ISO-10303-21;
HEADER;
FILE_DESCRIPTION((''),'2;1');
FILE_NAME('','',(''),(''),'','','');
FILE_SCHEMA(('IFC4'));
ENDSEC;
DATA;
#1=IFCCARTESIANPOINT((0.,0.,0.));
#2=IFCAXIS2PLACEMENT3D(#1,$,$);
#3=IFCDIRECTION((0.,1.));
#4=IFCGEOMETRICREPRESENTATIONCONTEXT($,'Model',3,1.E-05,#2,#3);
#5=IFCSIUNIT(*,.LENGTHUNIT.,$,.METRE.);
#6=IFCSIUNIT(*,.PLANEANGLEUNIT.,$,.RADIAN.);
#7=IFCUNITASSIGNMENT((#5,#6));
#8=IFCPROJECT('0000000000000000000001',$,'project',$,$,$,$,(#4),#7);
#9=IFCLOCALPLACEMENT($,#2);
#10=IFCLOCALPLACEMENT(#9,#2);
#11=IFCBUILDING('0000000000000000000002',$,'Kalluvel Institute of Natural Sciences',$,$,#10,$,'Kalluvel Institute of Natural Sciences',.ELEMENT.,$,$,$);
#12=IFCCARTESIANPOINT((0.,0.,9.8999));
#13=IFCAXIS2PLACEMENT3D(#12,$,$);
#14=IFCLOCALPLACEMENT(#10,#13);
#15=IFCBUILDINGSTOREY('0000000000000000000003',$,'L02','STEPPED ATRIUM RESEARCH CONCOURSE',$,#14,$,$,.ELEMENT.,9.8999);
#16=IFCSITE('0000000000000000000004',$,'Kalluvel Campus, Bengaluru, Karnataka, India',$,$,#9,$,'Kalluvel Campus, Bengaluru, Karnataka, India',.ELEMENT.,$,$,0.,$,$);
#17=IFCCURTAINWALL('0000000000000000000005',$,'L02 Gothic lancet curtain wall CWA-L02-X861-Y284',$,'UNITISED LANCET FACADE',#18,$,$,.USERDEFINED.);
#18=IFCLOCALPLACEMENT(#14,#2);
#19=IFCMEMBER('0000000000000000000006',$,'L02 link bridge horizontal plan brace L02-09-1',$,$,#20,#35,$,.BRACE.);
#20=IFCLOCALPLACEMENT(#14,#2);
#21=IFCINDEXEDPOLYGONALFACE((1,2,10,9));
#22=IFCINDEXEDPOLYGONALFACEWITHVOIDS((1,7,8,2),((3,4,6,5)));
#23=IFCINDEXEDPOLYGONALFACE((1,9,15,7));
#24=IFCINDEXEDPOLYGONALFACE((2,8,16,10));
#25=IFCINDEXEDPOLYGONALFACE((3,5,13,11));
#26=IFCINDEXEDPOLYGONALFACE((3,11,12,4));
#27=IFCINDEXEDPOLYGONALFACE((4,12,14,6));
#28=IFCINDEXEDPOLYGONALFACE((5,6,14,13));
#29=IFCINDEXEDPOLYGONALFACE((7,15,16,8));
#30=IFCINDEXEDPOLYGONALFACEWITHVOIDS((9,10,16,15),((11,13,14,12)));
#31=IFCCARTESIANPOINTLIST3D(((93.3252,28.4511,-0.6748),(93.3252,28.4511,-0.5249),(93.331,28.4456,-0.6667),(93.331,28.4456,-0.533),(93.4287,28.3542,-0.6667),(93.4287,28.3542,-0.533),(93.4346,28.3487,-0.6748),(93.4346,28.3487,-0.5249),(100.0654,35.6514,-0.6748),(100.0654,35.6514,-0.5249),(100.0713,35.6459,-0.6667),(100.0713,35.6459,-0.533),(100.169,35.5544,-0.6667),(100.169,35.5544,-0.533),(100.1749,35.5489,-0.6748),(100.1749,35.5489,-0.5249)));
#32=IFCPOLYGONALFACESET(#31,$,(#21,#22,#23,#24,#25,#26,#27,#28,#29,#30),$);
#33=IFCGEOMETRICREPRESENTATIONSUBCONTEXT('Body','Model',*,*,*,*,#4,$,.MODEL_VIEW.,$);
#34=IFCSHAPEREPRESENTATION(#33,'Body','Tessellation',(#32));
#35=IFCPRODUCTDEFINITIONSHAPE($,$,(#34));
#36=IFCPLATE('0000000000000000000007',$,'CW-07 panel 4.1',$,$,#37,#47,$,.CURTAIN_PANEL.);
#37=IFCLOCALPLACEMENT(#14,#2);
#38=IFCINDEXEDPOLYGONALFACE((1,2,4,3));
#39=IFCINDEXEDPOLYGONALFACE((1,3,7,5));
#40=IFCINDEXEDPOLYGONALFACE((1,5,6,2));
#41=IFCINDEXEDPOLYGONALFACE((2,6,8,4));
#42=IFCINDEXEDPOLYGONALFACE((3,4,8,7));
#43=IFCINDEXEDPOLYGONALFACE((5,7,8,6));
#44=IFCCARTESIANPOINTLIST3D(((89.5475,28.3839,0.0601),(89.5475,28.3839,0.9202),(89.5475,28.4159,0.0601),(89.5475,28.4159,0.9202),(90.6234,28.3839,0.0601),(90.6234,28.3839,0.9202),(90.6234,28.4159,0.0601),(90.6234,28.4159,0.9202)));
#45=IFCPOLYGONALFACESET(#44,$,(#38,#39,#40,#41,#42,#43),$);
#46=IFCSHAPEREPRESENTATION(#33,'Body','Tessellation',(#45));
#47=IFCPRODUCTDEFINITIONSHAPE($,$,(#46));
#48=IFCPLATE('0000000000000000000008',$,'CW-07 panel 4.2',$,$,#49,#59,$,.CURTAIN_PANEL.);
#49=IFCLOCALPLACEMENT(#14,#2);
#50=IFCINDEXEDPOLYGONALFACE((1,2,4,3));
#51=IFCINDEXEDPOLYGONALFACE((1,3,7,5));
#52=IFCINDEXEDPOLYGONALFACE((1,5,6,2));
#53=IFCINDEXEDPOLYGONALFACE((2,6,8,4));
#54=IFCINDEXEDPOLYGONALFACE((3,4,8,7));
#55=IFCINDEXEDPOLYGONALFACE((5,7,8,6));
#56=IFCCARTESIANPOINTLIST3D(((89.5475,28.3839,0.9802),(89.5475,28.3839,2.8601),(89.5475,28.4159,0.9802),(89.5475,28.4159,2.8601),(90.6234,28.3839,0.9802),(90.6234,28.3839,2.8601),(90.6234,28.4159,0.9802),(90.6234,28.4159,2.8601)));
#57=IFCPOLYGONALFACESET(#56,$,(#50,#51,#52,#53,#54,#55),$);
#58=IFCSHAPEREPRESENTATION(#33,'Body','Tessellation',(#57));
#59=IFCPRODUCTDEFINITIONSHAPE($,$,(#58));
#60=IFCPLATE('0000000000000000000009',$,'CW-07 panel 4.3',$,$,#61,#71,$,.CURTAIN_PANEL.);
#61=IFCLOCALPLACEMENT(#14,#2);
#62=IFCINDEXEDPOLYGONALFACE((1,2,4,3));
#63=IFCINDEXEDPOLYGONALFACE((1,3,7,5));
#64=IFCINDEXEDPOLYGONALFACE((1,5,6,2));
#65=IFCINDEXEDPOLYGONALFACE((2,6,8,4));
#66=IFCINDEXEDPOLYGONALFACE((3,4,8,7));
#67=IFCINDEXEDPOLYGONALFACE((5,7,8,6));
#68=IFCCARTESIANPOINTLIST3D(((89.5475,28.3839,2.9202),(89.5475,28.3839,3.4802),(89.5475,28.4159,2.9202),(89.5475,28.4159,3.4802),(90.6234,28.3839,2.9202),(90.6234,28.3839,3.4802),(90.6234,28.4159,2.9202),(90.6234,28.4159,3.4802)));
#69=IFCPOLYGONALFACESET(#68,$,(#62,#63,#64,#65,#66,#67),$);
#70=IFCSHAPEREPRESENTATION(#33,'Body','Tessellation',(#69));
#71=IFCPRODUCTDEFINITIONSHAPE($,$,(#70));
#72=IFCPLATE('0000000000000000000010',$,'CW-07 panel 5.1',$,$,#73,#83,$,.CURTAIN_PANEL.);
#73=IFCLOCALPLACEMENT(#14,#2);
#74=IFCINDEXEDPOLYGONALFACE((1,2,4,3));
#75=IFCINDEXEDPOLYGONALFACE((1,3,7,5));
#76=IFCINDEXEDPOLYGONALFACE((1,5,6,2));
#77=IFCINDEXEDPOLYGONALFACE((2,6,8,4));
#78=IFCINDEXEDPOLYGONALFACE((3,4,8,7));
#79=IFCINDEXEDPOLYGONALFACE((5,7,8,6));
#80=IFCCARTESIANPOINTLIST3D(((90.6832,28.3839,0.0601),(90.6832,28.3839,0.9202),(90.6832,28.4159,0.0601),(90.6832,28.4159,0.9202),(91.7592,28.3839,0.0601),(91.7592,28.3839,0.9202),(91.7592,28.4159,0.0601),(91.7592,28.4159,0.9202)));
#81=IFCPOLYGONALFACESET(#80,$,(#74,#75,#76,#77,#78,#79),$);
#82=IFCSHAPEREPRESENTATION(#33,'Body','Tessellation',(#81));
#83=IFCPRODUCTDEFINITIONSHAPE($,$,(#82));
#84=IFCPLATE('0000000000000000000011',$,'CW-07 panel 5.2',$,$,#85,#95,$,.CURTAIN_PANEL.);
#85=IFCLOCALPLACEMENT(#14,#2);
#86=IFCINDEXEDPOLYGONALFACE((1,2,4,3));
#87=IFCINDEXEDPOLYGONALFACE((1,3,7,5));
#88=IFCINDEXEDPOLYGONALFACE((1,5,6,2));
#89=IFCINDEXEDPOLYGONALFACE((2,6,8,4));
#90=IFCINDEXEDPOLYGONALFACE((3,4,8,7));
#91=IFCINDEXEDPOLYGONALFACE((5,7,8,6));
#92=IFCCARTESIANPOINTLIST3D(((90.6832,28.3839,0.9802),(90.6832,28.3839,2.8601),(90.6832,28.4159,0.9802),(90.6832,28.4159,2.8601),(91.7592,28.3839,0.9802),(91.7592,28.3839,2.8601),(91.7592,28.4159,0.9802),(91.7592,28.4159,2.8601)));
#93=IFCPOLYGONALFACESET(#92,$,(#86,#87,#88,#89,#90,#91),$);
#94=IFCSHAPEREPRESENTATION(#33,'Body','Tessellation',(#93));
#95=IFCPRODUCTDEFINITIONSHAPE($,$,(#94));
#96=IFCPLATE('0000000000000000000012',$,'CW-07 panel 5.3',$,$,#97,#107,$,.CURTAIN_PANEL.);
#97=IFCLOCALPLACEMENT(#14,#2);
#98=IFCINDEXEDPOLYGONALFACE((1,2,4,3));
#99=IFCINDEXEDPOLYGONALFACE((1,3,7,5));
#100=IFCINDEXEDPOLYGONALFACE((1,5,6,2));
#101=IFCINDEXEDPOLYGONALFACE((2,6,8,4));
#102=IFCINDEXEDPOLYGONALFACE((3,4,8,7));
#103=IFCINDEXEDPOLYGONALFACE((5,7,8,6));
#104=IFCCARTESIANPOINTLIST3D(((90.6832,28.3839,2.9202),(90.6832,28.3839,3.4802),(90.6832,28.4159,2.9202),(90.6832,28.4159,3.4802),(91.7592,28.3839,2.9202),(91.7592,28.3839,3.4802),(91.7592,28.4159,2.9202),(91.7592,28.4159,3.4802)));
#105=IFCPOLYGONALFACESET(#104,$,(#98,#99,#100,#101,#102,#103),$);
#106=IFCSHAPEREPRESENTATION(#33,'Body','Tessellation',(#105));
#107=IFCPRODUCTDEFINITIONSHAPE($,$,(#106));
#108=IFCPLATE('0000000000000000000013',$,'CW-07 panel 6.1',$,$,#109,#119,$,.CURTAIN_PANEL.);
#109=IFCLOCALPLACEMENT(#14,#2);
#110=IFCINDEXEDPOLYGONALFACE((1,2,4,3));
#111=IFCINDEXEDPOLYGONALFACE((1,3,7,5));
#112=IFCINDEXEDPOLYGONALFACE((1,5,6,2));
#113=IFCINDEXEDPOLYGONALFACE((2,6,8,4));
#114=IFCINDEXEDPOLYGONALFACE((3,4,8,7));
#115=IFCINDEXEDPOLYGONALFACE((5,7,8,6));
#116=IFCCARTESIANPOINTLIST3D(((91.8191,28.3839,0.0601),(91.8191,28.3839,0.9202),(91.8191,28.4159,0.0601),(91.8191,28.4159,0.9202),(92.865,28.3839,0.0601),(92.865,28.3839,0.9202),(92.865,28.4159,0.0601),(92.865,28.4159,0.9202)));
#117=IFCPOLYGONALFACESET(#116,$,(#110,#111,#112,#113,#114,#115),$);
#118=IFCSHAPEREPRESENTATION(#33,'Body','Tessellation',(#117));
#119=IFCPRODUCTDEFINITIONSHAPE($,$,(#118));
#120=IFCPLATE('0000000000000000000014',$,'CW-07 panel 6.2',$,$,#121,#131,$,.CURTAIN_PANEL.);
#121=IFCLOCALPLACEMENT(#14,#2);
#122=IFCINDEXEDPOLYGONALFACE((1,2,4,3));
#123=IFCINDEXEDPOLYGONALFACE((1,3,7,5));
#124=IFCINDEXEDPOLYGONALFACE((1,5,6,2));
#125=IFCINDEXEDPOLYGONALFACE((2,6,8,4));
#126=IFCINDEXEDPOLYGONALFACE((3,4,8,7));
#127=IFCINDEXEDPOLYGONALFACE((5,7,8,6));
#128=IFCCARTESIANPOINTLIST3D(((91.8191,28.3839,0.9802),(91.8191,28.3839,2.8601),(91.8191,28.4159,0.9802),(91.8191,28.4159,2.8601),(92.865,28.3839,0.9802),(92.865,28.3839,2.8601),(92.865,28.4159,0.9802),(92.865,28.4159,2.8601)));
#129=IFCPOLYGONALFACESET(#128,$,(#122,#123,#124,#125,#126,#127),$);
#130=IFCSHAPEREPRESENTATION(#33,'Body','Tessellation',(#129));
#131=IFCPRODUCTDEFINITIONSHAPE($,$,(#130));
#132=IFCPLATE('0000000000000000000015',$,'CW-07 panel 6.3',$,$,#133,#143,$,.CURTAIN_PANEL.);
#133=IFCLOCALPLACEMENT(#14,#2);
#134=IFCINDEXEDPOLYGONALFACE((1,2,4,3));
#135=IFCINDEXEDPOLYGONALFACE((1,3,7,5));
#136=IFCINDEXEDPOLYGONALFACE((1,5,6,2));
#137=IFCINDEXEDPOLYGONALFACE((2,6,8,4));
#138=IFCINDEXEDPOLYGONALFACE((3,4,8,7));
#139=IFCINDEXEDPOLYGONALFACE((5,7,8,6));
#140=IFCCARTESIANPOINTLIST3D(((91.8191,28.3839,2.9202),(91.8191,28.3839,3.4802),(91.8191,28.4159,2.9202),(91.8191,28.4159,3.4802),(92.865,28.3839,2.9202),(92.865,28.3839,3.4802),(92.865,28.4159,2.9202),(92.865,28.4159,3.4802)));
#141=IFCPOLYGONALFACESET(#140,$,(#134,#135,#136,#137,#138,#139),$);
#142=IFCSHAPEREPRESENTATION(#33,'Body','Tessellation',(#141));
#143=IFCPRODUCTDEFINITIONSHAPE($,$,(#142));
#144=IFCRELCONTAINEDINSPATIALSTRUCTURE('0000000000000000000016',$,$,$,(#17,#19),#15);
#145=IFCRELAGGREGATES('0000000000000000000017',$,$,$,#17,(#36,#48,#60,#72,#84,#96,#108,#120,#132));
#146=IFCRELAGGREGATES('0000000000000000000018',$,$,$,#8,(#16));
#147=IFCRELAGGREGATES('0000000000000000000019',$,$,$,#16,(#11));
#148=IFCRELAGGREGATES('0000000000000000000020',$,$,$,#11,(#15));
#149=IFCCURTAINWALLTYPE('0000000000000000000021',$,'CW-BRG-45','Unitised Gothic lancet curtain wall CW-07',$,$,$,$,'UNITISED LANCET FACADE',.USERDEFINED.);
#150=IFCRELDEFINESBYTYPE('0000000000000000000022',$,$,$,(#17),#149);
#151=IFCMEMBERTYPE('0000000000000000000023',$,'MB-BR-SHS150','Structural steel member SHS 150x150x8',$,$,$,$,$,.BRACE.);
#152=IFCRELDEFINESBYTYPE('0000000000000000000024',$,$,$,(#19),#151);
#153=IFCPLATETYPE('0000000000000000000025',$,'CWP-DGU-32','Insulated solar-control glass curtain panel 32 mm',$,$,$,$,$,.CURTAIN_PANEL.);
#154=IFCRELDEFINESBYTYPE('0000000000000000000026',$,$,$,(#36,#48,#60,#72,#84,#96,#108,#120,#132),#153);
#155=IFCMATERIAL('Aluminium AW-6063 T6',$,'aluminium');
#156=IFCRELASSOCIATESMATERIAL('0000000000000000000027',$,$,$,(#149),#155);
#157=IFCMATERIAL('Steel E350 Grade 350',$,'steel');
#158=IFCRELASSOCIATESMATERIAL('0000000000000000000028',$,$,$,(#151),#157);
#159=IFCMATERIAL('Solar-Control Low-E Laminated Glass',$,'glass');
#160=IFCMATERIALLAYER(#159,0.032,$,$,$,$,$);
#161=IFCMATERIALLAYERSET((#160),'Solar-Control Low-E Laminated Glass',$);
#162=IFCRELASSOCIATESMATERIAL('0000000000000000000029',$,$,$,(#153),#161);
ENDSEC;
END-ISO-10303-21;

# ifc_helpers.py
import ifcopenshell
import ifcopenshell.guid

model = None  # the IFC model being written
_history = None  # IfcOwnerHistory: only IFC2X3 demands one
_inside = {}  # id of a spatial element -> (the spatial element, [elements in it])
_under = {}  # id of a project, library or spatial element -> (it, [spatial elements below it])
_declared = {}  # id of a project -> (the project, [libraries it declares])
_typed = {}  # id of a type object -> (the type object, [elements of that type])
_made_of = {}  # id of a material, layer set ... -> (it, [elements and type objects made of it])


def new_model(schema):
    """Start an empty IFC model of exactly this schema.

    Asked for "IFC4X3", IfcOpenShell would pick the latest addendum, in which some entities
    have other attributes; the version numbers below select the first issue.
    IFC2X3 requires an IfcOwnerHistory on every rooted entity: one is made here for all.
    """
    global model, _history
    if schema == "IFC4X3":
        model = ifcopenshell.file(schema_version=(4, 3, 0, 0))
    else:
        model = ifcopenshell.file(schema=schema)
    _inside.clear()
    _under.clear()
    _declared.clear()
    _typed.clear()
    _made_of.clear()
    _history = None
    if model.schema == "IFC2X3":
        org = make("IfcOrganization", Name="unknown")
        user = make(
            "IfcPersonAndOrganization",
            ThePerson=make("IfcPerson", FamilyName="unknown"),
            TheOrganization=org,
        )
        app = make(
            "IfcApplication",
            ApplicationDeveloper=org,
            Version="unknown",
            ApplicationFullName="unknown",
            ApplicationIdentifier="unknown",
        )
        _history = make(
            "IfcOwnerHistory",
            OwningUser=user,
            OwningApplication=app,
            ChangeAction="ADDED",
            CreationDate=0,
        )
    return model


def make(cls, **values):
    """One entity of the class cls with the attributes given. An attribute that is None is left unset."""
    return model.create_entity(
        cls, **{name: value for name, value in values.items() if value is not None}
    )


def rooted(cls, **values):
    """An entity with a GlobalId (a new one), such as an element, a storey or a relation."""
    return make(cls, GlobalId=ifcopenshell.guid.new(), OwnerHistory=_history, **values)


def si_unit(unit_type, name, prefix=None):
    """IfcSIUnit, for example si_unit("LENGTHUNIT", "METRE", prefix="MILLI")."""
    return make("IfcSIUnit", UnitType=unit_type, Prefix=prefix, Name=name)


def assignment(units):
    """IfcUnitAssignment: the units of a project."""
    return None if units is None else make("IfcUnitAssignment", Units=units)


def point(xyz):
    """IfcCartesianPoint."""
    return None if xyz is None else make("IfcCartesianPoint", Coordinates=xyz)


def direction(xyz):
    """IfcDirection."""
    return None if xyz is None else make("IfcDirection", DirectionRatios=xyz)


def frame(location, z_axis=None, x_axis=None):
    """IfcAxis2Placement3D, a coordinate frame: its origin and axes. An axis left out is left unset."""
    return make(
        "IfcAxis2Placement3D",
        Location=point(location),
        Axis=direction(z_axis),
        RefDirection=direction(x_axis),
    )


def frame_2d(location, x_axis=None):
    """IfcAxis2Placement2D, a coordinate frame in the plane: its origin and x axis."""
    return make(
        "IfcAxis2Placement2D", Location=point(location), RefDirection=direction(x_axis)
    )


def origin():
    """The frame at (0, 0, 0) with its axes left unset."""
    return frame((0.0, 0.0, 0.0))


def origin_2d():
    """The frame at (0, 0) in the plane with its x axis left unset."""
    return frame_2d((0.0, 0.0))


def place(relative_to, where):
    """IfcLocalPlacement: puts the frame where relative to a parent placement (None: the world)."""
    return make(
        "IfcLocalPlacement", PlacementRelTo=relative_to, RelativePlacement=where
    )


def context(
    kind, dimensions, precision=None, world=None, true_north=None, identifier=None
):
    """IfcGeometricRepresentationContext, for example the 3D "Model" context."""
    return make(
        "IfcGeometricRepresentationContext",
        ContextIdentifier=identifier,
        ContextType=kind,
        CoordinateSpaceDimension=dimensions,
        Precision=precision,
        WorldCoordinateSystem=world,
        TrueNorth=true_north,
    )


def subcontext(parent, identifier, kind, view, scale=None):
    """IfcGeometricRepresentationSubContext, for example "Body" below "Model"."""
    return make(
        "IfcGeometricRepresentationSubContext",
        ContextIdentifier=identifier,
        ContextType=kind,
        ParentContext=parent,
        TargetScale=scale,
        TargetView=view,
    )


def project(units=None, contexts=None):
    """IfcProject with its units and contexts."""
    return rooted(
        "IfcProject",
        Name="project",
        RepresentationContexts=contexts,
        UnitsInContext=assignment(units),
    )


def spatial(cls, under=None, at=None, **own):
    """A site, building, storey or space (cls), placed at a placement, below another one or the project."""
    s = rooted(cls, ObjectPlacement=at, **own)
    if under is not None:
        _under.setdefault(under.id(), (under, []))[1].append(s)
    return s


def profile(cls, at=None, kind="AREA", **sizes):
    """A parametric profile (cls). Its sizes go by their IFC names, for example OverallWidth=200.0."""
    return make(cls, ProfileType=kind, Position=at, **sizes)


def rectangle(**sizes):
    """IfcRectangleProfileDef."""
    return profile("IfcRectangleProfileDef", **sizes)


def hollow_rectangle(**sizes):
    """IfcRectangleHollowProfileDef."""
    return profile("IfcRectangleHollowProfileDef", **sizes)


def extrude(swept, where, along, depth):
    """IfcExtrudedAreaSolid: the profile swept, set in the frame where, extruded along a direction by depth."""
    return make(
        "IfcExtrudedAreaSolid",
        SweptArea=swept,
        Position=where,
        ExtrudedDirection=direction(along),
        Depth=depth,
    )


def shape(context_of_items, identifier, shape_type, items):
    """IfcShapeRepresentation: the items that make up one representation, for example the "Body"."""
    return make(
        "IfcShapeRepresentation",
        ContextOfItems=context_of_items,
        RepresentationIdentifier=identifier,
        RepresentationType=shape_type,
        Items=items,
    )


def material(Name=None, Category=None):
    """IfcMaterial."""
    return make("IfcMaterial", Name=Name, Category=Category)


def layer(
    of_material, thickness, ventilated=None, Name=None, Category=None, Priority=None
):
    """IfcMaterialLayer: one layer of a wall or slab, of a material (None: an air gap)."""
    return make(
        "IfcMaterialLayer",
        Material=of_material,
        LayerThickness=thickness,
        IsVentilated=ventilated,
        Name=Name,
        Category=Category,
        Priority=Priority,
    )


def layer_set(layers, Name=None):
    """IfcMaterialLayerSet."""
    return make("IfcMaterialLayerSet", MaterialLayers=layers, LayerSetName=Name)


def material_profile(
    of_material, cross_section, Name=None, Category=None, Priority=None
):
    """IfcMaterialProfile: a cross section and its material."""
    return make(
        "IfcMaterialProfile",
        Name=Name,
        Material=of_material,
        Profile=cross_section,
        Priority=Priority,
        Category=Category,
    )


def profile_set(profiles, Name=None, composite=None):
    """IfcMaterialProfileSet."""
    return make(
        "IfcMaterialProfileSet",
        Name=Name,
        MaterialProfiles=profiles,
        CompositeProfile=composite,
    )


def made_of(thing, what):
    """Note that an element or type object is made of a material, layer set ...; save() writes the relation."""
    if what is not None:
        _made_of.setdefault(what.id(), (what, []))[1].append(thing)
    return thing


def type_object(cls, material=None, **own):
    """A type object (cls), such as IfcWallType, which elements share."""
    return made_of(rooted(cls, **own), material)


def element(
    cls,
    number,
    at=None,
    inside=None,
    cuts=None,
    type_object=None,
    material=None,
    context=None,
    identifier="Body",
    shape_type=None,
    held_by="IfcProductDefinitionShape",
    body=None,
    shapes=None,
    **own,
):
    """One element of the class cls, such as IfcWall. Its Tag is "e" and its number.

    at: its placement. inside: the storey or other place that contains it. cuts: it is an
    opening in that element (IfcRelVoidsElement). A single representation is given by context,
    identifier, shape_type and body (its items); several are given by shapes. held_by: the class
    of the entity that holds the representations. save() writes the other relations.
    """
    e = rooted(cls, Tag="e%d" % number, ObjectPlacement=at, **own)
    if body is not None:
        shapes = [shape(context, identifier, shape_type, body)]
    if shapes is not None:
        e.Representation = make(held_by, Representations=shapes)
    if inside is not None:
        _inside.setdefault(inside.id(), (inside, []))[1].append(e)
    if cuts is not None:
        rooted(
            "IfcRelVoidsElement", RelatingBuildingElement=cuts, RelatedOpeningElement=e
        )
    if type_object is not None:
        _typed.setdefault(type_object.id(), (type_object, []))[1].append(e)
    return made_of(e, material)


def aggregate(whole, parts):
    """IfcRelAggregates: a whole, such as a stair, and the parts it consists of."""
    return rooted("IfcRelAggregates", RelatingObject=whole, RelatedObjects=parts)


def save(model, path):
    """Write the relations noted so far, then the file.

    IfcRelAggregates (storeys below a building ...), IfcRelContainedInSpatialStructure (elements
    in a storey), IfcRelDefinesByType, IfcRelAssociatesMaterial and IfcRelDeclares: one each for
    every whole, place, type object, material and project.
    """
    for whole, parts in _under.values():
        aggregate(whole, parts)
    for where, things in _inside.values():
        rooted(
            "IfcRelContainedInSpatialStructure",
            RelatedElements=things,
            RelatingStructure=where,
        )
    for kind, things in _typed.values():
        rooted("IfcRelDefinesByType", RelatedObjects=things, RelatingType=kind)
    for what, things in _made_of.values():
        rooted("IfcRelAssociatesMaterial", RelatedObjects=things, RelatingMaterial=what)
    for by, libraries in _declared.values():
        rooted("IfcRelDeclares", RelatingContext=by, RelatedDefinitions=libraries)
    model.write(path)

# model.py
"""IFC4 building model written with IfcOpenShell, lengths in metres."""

from ifc_helpers import new_model, si_unit, direction, frame, origin, origin_2d, place, context, subcontext, project, spatial, rectangle, hollow_rectangle, extrude, material, layer, layer_set, material_profile, profile_set, type_object, element, aggregate, save


model = new_model("IFC4")

# Units and contexts
model_context = context("Model", 3, precision=1e-05, world=origin(), true_north=direction((0.0, 1.0)))
body_context = subcontext(model_context, "Body", "Model", "MODEL_VIEW")
ifc_project = project(units=[si_unit("LENGTHUNIT", "METRE"), si_unit("PLANEANGLEUNIT", "RADIAN")], contexts=[model_context])

# Site, building, storey
site_placement = place(None, origin())
site = spatial("IfcSite", under=ifc_project, at=site_placement, Name="Kalluvel Campus, Bengaluru, Karnataka, India", LongName="Kalluvel Campus, Bengaluru, Karnataka, India", CompositionType="ELEMENT", RefElevation=0.0)
building_placement = place(site_placement, origin())
building = spatial("IfcBuilding", under=site, at=building_placement, Name="Kalluvel Institute of Natural Sciences", LongName="Kalluvel Institute of Natural Sciences", CompositionType="ELEMENT")
storey_placement = place(building_placement, frame((0.0, 0.0, 9.8999)))
storey = spatial("IfcBuildingStorey", under=building, at=storey_placement, Name="L02", Description="STEPPED ATRIUM RESEARCH CONCOURSE", CompositionType="ELEMENT", Elevation=9.8999)

# Shared definitions
ifc_material_1 = material(Name="Steel E350 Grade 350", Category="steel")

# Curtain wall
ifc_material_2 = material(Name="Aluminium AW-6063 T6", Category="aluminium")
curtain_wall_type_1 = type_object("IfcCurtainWallType", Name="CW-BRG-45", Description="Unitised Gothic lancet curtain wall CW-07", ElementType="UNITISED LANCET FACADE", PredefinedType="USERDEFINED", material=ifc_material_2)
curtain_wall_1_placement = place(storey_placement, origin())
curtain_wall_1 = element("IfcCurtainWall", 1, at=curtain_wall_1_placement, inside=storey, type_object=curtain_wall_type_1, Name="L02 Gothic lancet curtain wall CWA-L02-X861-Y284", ObjectType="UNITISED LANCET FACADE", PredefinedType="USERDEFINED")

# Member
ifc_material_profile_1 = material_profile(ifc_material_1, hollow_rectangle(XDim=0.1499, YDim=0.1499, WallThickness=0.0081, at=origin_2d()), Name="SHS 150x150x8")
ifc_profile_set_1 = profile_set([ifc_material_profile_1], Name="Steel E350 Grade 350")
member_type_1 = type_object("IfcMemberType", Name="MB-BR-SHS150", Description="Structural steel member SHS 150x150x8", PredefinedType="BRACE", material=ifc_profile_set_1)
member_1_placement = place(storey_placement, frame((93.3799, 28.3999, -0.5999), z_axis=(0.683404, 0.73004, 0.0), x_axis=(-0.73004, 0.683404, 0.0)))
element("IfcMember", 2, at=member_1_placement, inside=storey, type_object=member_type_1, Name="L02 link bridge horizontal plan brace L02-09-1", PredefinedType="BRACE", context=body_context, shape_type="SweptSolid", body=[
    extrude(hollow_rectangle(XDim=0.1499, YDim=0.1499, WallThickness=0.0081, at=origin_2d()), origin(), (0.0, 0.0, 1.0), 9.8628),
])

# Plates
ifc_material_3 = material(Name="Solar-Control Low-E Laminated Glass", Category="glass")
ifc_layer = layer(ifc_material_3, 0.032)
ifc_layer_set = layer_set([ifc_layer], Name="Solar-Control Low-E Laminated Glass")
plate_type = type_object("IfcPlateType", Name="CWP-DGU-32", Description="Insulated solar-control glass curtain panel 32 mm", PredefinedType="CURTAIN_PANEL", material=ifc_layer_set)
plate_1_placement = place(storey_placement, frame((90.0854, 28.3999, 0.0601), z_axis=(0.0, 0.0, 1.0), x_axis=(1.0, 0.0, 0.0)))
plate_1 = element("IfcPlate", 3, at=plate_1_placement, type_object=plate_type, Name="CW-07 panel 4.1", PredefinedType="CURTAIN_PANEL", context=body_context, shape_type="SweptSolid", body=[
    extrude(rectangle(XDim=1.0759, YDim=0.032, at=origin_2d()), origin(), (0.0, 0.0, 1.0), 0.8601),
])
plate_2_placement = place(storey_placement, frame((90.0854, 28.3999, 0.9802), z_axis=(0.0, 0.0, 1.0), x_axis=(1.0, 0.0, 0.0)))
plate_2 = element("IfcPlate", 4, at=plate_2_placement, type_object=plate_type, Name="CW-07 panel 4.2", PredefinedType="CURTAIN_PANEL", context=body_context, shape_type="SweptSolid", body=[
    extrude(rectangle(XDim=1.0759, YDim=0.032, at=origin_2d()), origin(), (0.0, 0.0, 1.0), 1.8799),
])
plate_3_placement = place(storey_placement, frame((90.0854, 28.3999, 2.9202), z_axis=(0.0, 0.0, 1.0), x_axis=(1.0, 0.0, 0.0)))
plate_3 = element("IfcPlate", 5, at=plate_3_placement, type_object=plate_type, Name="CW-07 panel 4.3", PredefinedType="CURTAIN_PANEL", context=body_context, shape_type="SweptSolid", body=[
    extrude(rectangle(XDim=1.0759, YDim=0.032, at=origin_2d()), origin(), (0.0, 0.0, 1.0), 0.5601),
])
plate_4_placement = place(storey_placement, frame((91.2212, 28.3999, 0.0601), z_axis=(0.0, 0.0, 1.0), x_axis=(1.0, 0.0, 0.0)))
plate_4 = element("IfcPlate", 6, at=plate_4_placement, type_object=plate_type, Name="CW-07 panel 5.1", PredefinedType="CURTAIN_PANEL", context=body_context, shape_type="SweptSolid", body=[
    extrude(rectangle(XDim=1.0759, YDim=0.032, at=origin_2d()), origin(), (0.0, 0.0, 1.0), 0.8601),
])
plate_5_placement = place(storey_placement, frame((91.2212, 28.3999, 0.9802), z_axis=(0.0, 0.0, 1.0), x_axis=(1.0, 0.0, 0.0)))
plate_5 = element("IfcPlate", 7, at=plate_5_placement, type_object=plate_type, Name="CW-07 panel 5.2", PredefinedType="CURTAIN_PANEL", context=body_context, shape_type="SweptSolid", body=[
    extrude(rectangle(XDim=1.0759, YDim=0.032, at=origin_2d()), origin(), (0.0, 0.0, 1.0), 1.8799),
])
plate_6_placement = place(storey_placement, frame((91.2212, 28.3999, 2.9202), z_axis=(0.0, 0.0, 1.0), x_axis=(1.0, 0.0, 0.0)))
plate_6 = element("IfcPlate", 8, at=plate_6_placement, type_object=plate_type, Name="CW-07 panel 5.3", PredefinedType="CURTAIN_PANEL", context=body_context, shape_type="SweptSolid", body=[
    extrude(rectangle(XDim=1.0759, YDim=0.032, at=origin_2d()), origin(), (0.0, 0.0, 1.0), 0.5601),
])
plate_7_placement = place(storey_placement, frame((92.342, 28.3999, 0.0601), z_axis=(0.0, 0.0, 1.0), x_axis=(1.0, 0.0, 0.0)))
plate_7 = element("IfcPlate", 9, at=plate_7_placement, type_object=plate_type, Name="CW-07 panel 6.1", PredefinedType="CURTAIN_PANEL", context=body_context, shape_type="SweptSolid", body=[
    extrude(rectangle(XDim=1.0459, YDim=0.032, at=origin_2d()), origin(), (0.0, 0.0, 1.0), 0.8601),
])
plate_8_placement = place(storey_placement, frame((92.342, 28.3999, 0.9802), z_axis=(0.0, 0.0, 1.0), x_axis=(1.0, 0.0, 0.0)))
plate_8 = element("IfcPlate", 10, at=plate_8_placement, type_object=plate_type, Name="CW-07 panel 6.2", PredefinedType="CURTAIN_PANEL", context=body_context, shape_type="SweptSolid", body=[
    extrude(rectangle(XDim=1.0459, YDim=0.032, at=origin_2d()), origin(), (0.0, 0.0, 1.0), 1.8799),
])
plate_9_placement = place(storey_placement, frame((92.342, 28.3999, 2.9202), z_axis=(0.0, 0.0, 1.0), x_axis=(1.0, 0.0, 0.0)))
plate_9 = element("IfcPlate", 11, at=plate_9_placement, type_object=plate_type, Name="CW-07 panel 6.3", PredefinedType="CURTAIN_PANEL", context=body_context, shape_type="SweptSolid", body=[
    extrude(rectangle(XDim=1.0459, YDim=0.032, at=origin_2d()), origin(), (0.0, 0.0, 1.0), 0.5601),
])
aggregate(curtain_wall_1, [plate_1, plate_2, plate_3, plate_4, plate_5, plate_6, plate_7, plate_8, plate_9])

save(model, "model.ifc")
